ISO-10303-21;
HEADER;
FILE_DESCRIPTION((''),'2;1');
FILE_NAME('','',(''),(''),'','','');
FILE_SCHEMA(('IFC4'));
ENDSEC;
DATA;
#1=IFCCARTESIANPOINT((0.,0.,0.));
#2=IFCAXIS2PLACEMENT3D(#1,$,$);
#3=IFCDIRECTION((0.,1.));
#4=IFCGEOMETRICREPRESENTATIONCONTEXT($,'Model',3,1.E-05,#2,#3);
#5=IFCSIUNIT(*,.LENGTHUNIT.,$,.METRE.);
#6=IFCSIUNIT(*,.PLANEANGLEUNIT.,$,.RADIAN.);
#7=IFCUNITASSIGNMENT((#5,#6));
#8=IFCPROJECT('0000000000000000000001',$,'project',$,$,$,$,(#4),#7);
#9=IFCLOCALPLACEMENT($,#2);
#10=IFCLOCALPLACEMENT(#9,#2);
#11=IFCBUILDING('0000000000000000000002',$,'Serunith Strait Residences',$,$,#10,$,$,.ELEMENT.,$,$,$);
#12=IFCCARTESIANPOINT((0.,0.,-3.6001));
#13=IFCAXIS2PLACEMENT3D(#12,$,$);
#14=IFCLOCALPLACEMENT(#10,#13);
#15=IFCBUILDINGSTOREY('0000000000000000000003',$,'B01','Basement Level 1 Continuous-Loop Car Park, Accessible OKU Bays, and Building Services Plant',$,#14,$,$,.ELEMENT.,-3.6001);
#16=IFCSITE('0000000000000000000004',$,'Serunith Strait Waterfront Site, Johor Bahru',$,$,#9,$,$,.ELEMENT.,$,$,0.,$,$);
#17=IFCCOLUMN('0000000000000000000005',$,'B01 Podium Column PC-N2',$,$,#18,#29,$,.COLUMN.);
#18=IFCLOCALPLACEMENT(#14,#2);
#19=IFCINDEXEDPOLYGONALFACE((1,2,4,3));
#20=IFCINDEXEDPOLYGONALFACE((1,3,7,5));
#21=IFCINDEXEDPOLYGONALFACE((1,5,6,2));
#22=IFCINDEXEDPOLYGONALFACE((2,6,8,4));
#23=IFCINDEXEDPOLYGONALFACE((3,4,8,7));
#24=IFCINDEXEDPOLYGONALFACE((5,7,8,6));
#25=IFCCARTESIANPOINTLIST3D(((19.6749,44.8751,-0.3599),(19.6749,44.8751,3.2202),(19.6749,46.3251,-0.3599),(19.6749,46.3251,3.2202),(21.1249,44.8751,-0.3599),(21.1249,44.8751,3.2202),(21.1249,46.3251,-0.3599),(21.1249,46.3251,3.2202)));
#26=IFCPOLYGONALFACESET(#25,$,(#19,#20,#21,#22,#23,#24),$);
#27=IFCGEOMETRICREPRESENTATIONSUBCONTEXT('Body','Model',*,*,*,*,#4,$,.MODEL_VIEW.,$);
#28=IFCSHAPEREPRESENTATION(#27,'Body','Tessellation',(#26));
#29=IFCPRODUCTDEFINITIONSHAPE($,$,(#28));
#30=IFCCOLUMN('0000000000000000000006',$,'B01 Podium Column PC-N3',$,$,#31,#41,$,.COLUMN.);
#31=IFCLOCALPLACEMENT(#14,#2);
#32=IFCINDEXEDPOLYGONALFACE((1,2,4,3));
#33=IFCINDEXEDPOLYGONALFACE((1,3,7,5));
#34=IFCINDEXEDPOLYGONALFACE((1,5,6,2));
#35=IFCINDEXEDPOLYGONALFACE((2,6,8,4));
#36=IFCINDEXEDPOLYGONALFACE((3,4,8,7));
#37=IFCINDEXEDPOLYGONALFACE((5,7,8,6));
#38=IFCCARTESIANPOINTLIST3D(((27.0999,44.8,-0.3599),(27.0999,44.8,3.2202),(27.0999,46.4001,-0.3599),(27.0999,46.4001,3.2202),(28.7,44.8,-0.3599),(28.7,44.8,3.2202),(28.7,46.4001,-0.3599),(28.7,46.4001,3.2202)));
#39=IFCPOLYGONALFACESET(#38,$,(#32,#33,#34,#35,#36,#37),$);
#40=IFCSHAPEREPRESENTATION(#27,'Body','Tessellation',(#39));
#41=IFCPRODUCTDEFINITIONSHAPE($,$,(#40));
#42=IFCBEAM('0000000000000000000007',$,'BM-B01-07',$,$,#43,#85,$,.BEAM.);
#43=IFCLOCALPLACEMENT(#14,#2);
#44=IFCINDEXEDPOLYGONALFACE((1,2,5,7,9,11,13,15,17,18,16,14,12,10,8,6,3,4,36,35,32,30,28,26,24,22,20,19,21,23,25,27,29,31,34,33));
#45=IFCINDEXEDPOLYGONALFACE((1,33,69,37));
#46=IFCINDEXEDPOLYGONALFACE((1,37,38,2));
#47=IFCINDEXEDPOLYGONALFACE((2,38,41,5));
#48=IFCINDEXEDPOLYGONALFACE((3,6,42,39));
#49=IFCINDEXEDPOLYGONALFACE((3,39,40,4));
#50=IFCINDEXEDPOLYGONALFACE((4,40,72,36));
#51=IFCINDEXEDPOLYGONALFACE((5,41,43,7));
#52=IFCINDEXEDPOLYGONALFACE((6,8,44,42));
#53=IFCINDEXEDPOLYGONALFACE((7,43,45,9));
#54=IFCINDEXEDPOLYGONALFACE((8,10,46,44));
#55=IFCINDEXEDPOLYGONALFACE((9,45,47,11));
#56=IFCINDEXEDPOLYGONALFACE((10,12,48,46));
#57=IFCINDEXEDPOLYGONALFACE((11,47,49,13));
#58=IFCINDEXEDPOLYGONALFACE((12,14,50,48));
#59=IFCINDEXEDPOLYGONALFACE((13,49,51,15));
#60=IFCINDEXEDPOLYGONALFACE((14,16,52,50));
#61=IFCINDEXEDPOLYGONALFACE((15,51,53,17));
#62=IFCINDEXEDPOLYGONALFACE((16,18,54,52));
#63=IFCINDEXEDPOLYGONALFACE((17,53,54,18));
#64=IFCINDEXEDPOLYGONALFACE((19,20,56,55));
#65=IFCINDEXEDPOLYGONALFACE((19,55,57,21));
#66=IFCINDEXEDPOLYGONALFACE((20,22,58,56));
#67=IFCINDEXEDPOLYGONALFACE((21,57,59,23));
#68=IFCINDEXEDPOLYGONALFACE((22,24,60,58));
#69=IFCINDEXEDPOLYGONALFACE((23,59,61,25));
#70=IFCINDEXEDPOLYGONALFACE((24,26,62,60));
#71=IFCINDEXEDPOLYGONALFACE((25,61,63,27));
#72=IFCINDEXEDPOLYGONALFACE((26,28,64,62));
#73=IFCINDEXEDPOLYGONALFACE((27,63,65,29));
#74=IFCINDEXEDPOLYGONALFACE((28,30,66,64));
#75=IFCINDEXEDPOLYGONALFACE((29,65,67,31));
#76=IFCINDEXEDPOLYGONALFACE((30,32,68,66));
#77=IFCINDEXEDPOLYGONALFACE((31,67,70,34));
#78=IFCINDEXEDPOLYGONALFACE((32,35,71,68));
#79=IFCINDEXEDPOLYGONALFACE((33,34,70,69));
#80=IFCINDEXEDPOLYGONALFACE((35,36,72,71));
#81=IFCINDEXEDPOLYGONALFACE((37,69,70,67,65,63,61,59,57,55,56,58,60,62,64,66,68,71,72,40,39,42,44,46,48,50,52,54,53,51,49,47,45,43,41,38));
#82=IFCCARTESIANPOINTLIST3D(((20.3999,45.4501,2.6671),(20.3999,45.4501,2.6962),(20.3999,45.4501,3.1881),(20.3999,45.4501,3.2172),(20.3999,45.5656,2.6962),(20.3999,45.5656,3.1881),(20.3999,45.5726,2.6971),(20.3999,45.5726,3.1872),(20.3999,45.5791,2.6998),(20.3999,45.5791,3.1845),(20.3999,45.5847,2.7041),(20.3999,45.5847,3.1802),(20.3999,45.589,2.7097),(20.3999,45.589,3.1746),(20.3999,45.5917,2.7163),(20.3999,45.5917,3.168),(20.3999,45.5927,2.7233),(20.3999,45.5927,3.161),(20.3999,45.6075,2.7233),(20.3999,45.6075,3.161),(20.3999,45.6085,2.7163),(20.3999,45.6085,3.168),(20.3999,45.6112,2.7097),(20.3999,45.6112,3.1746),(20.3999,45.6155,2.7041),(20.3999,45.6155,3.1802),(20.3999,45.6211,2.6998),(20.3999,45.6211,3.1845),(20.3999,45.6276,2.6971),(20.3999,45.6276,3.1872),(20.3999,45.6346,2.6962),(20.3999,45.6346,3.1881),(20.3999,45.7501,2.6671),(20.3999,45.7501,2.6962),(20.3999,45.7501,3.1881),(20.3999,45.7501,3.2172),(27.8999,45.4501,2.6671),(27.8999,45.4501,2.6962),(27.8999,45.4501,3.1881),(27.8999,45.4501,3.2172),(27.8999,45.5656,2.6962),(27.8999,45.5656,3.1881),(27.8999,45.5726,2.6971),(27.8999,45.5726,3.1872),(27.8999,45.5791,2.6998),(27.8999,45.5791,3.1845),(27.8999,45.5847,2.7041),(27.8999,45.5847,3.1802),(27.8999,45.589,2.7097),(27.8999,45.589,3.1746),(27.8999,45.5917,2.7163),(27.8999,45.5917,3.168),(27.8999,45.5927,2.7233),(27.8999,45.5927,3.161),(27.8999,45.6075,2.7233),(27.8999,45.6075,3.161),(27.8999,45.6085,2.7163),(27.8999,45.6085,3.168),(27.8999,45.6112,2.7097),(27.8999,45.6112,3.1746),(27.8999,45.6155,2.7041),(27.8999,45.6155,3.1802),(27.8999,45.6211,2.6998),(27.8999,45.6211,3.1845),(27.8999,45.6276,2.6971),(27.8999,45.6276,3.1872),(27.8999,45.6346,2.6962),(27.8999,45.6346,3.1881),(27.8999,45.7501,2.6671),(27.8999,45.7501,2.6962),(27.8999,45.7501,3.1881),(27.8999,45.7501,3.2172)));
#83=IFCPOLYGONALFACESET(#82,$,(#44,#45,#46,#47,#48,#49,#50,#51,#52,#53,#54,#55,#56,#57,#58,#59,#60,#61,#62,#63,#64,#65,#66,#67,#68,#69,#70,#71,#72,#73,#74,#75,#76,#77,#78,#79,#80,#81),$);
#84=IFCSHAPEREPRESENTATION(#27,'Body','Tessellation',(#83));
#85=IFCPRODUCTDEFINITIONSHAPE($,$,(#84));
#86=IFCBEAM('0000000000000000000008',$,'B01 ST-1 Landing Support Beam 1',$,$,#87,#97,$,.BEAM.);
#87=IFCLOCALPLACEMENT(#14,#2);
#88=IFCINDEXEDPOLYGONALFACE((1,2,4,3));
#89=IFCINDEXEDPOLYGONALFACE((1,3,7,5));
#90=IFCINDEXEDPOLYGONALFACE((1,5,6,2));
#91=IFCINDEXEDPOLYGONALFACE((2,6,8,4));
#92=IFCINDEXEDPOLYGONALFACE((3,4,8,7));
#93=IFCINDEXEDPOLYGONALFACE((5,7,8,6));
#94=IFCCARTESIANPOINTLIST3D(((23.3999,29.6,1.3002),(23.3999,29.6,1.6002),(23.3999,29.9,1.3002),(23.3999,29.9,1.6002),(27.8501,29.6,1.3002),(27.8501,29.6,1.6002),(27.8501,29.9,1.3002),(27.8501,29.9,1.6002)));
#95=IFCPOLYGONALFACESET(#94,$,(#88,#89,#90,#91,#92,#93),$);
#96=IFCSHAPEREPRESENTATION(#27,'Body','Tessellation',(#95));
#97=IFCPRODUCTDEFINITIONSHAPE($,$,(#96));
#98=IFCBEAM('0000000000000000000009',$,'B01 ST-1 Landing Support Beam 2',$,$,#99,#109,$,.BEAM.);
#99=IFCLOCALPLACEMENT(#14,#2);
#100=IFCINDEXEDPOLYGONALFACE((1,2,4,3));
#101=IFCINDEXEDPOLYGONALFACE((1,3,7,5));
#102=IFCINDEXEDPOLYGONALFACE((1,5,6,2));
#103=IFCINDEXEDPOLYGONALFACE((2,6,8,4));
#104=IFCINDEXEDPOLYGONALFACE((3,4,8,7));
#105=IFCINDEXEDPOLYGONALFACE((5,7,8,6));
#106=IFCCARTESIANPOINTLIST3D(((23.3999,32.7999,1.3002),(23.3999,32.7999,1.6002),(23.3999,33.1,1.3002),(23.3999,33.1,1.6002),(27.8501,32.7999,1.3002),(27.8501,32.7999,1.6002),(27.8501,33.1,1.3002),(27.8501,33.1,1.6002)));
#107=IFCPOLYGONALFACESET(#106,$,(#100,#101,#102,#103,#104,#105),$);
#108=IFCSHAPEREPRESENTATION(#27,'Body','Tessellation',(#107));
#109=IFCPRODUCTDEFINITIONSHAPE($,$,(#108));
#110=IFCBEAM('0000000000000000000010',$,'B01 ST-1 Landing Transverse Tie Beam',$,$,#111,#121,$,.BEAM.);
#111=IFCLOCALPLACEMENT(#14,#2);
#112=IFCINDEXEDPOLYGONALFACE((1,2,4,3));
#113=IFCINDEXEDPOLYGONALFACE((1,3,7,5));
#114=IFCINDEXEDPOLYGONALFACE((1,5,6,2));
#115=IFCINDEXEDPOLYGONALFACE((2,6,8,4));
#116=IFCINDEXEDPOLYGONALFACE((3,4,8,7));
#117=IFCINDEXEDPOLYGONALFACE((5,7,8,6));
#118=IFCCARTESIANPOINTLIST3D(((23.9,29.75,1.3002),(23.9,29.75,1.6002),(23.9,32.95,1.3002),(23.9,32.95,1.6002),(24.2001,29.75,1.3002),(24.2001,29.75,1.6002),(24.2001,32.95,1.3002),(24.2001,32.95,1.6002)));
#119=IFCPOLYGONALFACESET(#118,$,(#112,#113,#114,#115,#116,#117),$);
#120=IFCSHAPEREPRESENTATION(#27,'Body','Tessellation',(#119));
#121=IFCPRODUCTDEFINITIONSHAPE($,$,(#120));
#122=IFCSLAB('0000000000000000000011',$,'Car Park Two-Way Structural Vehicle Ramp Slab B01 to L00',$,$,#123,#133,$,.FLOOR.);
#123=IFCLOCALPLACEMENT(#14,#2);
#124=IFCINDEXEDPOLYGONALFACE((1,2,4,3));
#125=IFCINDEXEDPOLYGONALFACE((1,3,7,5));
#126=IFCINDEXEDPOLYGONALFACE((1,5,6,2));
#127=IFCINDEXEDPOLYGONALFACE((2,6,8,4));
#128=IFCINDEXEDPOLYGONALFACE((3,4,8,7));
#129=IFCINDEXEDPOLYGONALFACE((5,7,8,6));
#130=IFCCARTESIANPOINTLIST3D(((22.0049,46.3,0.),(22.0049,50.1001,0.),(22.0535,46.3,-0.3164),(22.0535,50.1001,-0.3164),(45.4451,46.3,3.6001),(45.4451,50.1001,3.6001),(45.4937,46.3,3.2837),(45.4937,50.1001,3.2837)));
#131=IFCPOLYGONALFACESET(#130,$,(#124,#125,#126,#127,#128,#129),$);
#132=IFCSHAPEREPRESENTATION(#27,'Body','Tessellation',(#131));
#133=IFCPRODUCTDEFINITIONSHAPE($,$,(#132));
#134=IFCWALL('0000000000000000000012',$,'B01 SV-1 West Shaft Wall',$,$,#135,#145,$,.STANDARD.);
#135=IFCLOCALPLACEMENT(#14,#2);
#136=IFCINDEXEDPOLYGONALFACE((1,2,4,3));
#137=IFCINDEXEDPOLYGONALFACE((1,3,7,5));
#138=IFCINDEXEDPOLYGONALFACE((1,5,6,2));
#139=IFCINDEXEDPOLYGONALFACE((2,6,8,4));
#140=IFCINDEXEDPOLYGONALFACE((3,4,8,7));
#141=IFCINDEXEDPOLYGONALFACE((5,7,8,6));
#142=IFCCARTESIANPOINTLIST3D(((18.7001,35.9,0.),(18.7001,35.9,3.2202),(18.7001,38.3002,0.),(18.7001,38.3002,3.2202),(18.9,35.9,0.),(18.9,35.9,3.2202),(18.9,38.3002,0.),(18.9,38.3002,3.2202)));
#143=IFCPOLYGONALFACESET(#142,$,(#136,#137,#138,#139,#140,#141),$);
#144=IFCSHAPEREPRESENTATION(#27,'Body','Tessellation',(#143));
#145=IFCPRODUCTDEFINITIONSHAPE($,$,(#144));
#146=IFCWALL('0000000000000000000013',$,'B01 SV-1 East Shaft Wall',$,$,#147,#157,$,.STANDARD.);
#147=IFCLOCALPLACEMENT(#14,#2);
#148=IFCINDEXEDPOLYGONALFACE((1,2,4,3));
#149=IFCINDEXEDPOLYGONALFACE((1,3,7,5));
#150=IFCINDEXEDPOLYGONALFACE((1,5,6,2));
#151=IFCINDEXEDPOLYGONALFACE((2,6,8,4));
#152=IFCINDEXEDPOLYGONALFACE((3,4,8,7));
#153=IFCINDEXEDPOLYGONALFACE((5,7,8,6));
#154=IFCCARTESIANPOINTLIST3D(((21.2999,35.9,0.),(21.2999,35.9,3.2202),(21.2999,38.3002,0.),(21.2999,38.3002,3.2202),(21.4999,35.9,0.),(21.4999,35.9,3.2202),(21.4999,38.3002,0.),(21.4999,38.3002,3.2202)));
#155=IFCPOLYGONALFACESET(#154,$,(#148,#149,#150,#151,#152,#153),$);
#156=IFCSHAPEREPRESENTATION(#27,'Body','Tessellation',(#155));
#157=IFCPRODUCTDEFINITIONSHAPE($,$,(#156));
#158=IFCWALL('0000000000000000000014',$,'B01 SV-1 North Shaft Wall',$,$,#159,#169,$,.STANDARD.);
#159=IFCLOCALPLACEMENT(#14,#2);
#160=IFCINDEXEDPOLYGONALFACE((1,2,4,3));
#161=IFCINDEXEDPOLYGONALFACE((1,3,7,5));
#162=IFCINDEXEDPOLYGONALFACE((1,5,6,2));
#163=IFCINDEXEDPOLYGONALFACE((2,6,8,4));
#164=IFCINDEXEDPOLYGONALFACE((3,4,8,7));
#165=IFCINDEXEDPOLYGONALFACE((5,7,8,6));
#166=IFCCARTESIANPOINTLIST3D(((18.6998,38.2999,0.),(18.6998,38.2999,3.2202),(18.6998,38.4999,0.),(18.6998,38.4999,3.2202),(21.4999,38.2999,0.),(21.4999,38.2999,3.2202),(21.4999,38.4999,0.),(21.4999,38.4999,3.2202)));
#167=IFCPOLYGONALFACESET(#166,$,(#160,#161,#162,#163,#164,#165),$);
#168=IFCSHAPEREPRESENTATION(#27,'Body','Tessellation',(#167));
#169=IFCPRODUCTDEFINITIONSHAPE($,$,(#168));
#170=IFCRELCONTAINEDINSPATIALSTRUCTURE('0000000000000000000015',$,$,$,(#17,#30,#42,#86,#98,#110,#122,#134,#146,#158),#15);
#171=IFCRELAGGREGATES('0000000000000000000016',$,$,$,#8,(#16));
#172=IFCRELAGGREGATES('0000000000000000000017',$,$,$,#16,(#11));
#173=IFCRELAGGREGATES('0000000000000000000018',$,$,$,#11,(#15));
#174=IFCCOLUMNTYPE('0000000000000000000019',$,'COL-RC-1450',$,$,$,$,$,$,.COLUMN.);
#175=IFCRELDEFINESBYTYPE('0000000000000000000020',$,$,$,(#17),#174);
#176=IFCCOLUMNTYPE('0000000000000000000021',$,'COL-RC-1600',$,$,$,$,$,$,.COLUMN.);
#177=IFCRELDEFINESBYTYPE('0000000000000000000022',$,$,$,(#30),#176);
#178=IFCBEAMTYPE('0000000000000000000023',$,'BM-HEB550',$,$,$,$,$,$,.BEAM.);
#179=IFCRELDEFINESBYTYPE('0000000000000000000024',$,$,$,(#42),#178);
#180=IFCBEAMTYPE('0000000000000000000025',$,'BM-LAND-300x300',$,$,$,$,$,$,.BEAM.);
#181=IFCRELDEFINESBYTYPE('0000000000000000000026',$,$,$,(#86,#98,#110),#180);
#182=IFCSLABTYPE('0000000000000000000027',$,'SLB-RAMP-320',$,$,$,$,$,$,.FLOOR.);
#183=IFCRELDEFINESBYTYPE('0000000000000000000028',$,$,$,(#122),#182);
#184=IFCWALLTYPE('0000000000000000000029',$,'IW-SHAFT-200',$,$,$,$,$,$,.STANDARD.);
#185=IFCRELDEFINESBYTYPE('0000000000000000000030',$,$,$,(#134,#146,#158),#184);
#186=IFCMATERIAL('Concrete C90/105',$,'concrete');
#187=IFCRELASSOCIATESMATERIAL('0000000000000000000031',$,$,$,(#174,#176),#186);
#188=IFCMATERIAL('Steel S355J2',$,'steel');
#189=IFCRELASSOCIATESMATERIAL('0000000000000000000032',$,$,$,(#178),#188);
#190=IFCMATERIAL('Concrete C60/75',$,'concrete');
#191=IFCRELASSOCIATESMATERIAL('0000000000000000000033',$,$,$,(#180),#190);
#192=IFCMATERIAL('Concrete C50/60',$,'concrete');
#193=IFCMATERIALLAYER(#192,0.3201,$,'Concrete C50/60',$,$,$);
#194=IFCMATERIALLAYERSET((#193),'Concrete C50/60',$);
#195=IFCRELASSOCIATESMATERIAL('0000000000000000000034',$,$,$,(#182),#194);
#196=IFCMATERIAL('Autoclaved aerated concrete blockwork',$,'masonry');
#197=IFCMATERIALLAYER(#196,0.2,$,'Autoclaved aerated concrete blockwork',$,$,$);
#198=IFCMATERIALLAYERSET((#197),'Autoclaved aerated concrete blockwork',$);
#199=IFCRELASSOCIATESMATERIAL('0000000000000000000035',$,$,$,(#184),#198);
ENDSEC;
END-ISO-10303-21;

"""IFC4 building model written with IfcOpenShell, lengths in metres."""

from ifc_helpers import new_model, si_unit, direction, frame, frame_2d, origin, origin_2d, place, context, subcontext, project, spatial, polyline, rectangle, i_section, outline, extrude, source, transform, mapped, material, layer, layer_set, material_profile, profile_set, type_object, element, save


model = new_model("IFC4")

# Units and contexts
model_context = context("Model", 3, precision=1e-05, world=origin(), true_north=direction((0.0, 1.0)))
body_context = subcontext(model_context, "Body", "Model", "MODEL_VIEW")
ifc_project = project(units=[si_unit("LENGTHUNIT", "METRE"), si_unit("PLANEANGLEUNIT", "RADIAN")], contexts=[model_context])

# Site, building, storey
site_placement = place(None, origin())
site = spatial("IfcSite", under=ifc_project, at=site_placement, Name="Serunith Strait Waterfront Site, Johor Bahru", CompositionType="ELEMENT", RefElevation=0.0)
building_placement = place(site_placement, origin())
building = spatial("IfcBuilding", under=site, at=building_placement, Name="Serunith Strait Residences", CompositionType="ELEMENT")
storey_placement = place(building_placement, frame((0.0, 0.0, -3.6001)))
storey = spatial("IfcBuildingStorey", under=building, at=storey_placement, Name="B01", Description="Basement Level 1 Continuous-Loop Car Park, Accessible OKU Bays, and Building Services Plant", CompositionType="ELEMENT", Elevation=-3.6001)

# Columns
ifc_material_1 = material(Name="Concrete C90/105", Category="concrete")
ifc_material_profile_1 = material_profile(ifc_material_1, rectangle(XDim=1.45, YDim=1.45, at=origin_2d()), Name="RC 1450x1450")
ifc_profile_set_1 = profile_set([ifc_material_profile_1], Name="Concrete C90/105")
column_type_1 = type_object("IfcColumnType", Name="COL-RC-1450", PredefinedType="COLUMN", material=ifc_profile_set_1)
shared_shape_1 = source(origin(), body_context, "Body", "SweptSolid", [
    extrude(rectangle(XDim=1.45, YDim=1.45, at=origin_2d()), origin(), (0.0, 0.0, 1.0), 3.5801),
])
column_1_placement = place(storey_placement, frame((20.3999, 45.6001, -0.3599), z_axis=(0.0, 0.0, 1.0), x_axis=(1.0, 0.0, 0.0)))
element("IfcColumn", 1, at=column_1_placement, inside=storey, type_object=column_type_1, Name="B01 Podium Column PC-N2", PredefinedType="COLUMN", context=body_context, shape_type="MappedRepresentation", body=[
    mapped(shared_shape_1, transform((0.0, 0.0, 0.0), scale=1.0)),
])
ifc_material_profile_2 = material_profile(ifc_material_1, rectangle(XDim=1.6001, YDim=1.6001, at=origin_2d()), Name="RC 1600x1600")
ifc_profile_set_2 = profile_set([ifc_material_profile_2], Name="Concrete C90/105")
column_type_2 = type_object("IfcColumnType", Name="COL-RC-1600", PredefinedType="COLUMN", material=ifc_profile_set_2)
shared_shape_2 = source(origin(), body_context, "Body", "SweptSolid", [
    extrude(rectangle(XDim=1.6001, YDim=1.6001, at=origin_2d()), origin(), (0.0, 0.0, 1.0), 3.5801),
])
column_2_placement = place(storey_placement, frame((27.8999, 45.6001, -0.3599), z_axis=(0.0, 0.0, 1.0), x_axis=(1.0, 0.0, 0.0)))
element("IfcColumn", 2, at=column_2_placement, inside=storey, type_object=column_type_2, Name="B01 Podium Column PC-N3", PredefinedType="COLUMN", context=body_context, shape_type="MappedRepresentation", body=[
    mapped(shared_shape_2, transform((0.0, 0.0, 0.0), scale=1.0)),
])

# Beams
ifc_material_2 = material(Name="Steel S355J2", Category="steel")
ifc_material_profile_3 = material_profile(ifc_material_2, i_section(OverallWidth=0.3, OverallDepth=0.55, WebThickness=0.0149, FlangeThickness=0.0291, FilletRadius=0.0271, at=origin_2d()), Name="HEB 550")
ifc_profile_set_3 = profile_set([ifc_material_profile_3], Name="Steel S355J2")
beam_type_1 = type_object("IfcBeamType", Name="BM-HEB550", PredefinedType="BEAM", material=ifc_profile_set_3)
shared_shape_3 = source(origin(), body_context, "Body", "SweptSolid", [
    extrude(i_section(OverallWidth=0.3, OverallDepth=0.55, WebThickness=0.0149, FlangeThickness=0.0291, FilletRadius=0.0271, at=origin_2d()), origin(), (0.0, 0.0, 1.0), 7.5),
])
beam_1_placement = place(storey_placement, frame((20.3999, 45.6001, 2.9421), z_axis=(1.0, 0.0, 0.0), x_axis=(0.0, 1.0, 0.0)))
element("IfcBeam", 3, at=beam_1_placement, inside=storey, type_object=beam_type_1, Name="BM-B01-07", PredefinedType="BEAM", context=body_context, shape_type="MappedRepresentation", body=[
    mapped(shared_shape_3, transform((0.0, 0.0, 0.0), scale=1.0)),
])
ifc_material_3 = material(Name="Concrete C60/75", Category="concrete")
ifc_material_profile_4 = material_profile(ifc_material_3, rectangle(XDim=0.3, YDim=0.3, at=origin_2d()), Name="RC 300x300")
ifc_profile_set_4 = profile_set([ifc_material_profile_4], Name="Concrete C60/75")
beam_type_2 = type_object("IfcBeamType", Name="BM-LAND-300x300", PredefinedType="BEAM", material=ifc_profile_set_4)
shared_shape_4 = source(origin(), body_context, "Body", "SweptSolid", [
    extrude(rectangle(XDim=0.3, YDim=0.3, at=origin_2d()), origin(), (0.0, 0.0, 1.0), 4.4502),
])
for number, where, z_axis, x_axis, name in (
    (4, (23.3999, 29.75, 1.4502), (1.0, 0.0, 0.0), (0.0, 1.0, 0.0), "B01 ST-1 Landing Support Beam 1"),
    (5, (23.3999, 32.95, 1.4502), (1.0, 0.0, 0.0), (0.0, 1.0, 0.0), "B01 ST-1 Landing Support Beam 2"),
):
    element("IfcBeam", number, at=place(storey_placement, frame(where, z_axis=z_axis, x_axis=x_axis)), inside=storey, type_object=beam_type_2, Name=name, PredefinedType="BEAM", context=body_context, shape_type="MappedRepresentation", body=[
        mapped(shared_shape_4, transform((0.0, 0.0, 0.0), scale=1.0)),
    ])
shared_shape_5 = source(origin(), body_context, "Body", "SweptSolid", [
    extrude(rectangle(XDim=0.3, YDim=0.3, at=origin_2d()), origin(), (0.0, 0.0, 1.0), 3.2),
])
beam_2_placement = place(storey_placement, frame((24.05, 29.75, 1.4502), z_axis=(0.0, 1.0, 0.0), x_axis=(-1.0, 0.0, 0.0)))
element("IfcBeam", 6, at=beam_2_placement, inside=storey, type_object=beam_type_2, Name="B01 ST-1 Landing Transverse Tie Beam", PredefinedType="BEAM", context=body_context, shape_type="MappedRepresentation", body=[
    mapped(shared_shape_5, transform((0.0, 0.0, 0.0), scale=1.0)),
])

# Slab
ifc_material_4 = material(Name="Concrete C50/60", Category="concrete")
ifc_layer_1 = layer(ifc_material_4, 0.3201, Name="Concrete C50/60")
ifc_layer_set_1 = layer_set([ifc_layer_1], Name="Concrete C50/60")
slab_type = type_object("IfcSlabType", Name="SLB-RAMP-320", PredefinedType="FLOOR", material=ifc_layer_set_1)
slab_placement = place(storey_placement, frame((22.0049, 46.3, 0.0), z_axis=(-0.151807, 0.0, 0.98841), x_axis=(0.98841, 0.0, 0.151807)))
element("IfcSlab", 7, at=slab_placement, inside=storey, type_object=slab_type, Name="Car Park Two-Way Structural Vehicle Ramp Slab B01 to L00", PredefinedType="FLOOR", context=body_context, shape_type="SweptSolid", body=[
    extrude(outline(polyline([(0.0, 0.0), (23.715, 0.0), (23.715, 3.8), (0.0, 3.8), (0.0, 0.0)])), origin(), (0.0, 0.0, -1.0), 0.3201),
])

# Walls
ifc_material_5 = material(Name="Autoclaved aerated concrete blockwork", Category="masonry")
ifc_layer_2 = layer(ifc_material_5, 0.2, Name="Autoclaved aerated concrete blockwork")
ifc_layer_set_2 = layer_set([ifc_layer_2], Name="Autoclaved aerated concrete blockwork")
wall_type = type_object("IfcWallType", Name="IW-SHAFT-200", PredefinedType="STANDARD", material=ifc_layer_set_2)
for number, where, z_axis, x_axis, name in (
    (8, (18.8, 35.8999, 0.0), (0.0, 0.0, 1.0), (0.0, 1.0, 0.0), "B01 SV-1 West Shaft Wall"),
    (9, (21.3999, 35.8999, 0.0), (0.0, 0.0, 1.0), (0.0, 1.0, 0.0), "B01 SV-1 East Shaft Wall"),
):
    element("IfcWall", number, at=place(storey_placement, frame(where, z_axis=z_axis, x_axis=x_axis)), inside=storey, type_object=wall_type, Name=name, PredefinedType="STANDARD", context=body_context, shape_type="SweptSolid", body=[
        extrude(rectangle(XDim=2.4001, YDim=0.2, at=frame_2d((1.2002, 0.0))), origin(), (0.0, 0.0, 1.0), 3.2202),
    ])
wall_placement = place(storey_placement, frame((18.7, 38.3999, 0.0), z_axis=(0.0, 0.0, 1.0), x_axis=(1.0, 0.0, 0.0)))
element("IfcWall", 10, at=wall_placement, inside=storey, type_object=wall_type, Name="B01 SV-1 North Shaft Wall", PredefinedType="STANDARD", context=body_context, shape_type="SweptSolid", body=[
    extrude(rectangle(XDim=2.8, YDim=0.2, at=frame_2d((1.3999, 0.0))), origin(), (0.0, 0.0, 1.0), 3.2202),
])

save(model, "model.ifc")
